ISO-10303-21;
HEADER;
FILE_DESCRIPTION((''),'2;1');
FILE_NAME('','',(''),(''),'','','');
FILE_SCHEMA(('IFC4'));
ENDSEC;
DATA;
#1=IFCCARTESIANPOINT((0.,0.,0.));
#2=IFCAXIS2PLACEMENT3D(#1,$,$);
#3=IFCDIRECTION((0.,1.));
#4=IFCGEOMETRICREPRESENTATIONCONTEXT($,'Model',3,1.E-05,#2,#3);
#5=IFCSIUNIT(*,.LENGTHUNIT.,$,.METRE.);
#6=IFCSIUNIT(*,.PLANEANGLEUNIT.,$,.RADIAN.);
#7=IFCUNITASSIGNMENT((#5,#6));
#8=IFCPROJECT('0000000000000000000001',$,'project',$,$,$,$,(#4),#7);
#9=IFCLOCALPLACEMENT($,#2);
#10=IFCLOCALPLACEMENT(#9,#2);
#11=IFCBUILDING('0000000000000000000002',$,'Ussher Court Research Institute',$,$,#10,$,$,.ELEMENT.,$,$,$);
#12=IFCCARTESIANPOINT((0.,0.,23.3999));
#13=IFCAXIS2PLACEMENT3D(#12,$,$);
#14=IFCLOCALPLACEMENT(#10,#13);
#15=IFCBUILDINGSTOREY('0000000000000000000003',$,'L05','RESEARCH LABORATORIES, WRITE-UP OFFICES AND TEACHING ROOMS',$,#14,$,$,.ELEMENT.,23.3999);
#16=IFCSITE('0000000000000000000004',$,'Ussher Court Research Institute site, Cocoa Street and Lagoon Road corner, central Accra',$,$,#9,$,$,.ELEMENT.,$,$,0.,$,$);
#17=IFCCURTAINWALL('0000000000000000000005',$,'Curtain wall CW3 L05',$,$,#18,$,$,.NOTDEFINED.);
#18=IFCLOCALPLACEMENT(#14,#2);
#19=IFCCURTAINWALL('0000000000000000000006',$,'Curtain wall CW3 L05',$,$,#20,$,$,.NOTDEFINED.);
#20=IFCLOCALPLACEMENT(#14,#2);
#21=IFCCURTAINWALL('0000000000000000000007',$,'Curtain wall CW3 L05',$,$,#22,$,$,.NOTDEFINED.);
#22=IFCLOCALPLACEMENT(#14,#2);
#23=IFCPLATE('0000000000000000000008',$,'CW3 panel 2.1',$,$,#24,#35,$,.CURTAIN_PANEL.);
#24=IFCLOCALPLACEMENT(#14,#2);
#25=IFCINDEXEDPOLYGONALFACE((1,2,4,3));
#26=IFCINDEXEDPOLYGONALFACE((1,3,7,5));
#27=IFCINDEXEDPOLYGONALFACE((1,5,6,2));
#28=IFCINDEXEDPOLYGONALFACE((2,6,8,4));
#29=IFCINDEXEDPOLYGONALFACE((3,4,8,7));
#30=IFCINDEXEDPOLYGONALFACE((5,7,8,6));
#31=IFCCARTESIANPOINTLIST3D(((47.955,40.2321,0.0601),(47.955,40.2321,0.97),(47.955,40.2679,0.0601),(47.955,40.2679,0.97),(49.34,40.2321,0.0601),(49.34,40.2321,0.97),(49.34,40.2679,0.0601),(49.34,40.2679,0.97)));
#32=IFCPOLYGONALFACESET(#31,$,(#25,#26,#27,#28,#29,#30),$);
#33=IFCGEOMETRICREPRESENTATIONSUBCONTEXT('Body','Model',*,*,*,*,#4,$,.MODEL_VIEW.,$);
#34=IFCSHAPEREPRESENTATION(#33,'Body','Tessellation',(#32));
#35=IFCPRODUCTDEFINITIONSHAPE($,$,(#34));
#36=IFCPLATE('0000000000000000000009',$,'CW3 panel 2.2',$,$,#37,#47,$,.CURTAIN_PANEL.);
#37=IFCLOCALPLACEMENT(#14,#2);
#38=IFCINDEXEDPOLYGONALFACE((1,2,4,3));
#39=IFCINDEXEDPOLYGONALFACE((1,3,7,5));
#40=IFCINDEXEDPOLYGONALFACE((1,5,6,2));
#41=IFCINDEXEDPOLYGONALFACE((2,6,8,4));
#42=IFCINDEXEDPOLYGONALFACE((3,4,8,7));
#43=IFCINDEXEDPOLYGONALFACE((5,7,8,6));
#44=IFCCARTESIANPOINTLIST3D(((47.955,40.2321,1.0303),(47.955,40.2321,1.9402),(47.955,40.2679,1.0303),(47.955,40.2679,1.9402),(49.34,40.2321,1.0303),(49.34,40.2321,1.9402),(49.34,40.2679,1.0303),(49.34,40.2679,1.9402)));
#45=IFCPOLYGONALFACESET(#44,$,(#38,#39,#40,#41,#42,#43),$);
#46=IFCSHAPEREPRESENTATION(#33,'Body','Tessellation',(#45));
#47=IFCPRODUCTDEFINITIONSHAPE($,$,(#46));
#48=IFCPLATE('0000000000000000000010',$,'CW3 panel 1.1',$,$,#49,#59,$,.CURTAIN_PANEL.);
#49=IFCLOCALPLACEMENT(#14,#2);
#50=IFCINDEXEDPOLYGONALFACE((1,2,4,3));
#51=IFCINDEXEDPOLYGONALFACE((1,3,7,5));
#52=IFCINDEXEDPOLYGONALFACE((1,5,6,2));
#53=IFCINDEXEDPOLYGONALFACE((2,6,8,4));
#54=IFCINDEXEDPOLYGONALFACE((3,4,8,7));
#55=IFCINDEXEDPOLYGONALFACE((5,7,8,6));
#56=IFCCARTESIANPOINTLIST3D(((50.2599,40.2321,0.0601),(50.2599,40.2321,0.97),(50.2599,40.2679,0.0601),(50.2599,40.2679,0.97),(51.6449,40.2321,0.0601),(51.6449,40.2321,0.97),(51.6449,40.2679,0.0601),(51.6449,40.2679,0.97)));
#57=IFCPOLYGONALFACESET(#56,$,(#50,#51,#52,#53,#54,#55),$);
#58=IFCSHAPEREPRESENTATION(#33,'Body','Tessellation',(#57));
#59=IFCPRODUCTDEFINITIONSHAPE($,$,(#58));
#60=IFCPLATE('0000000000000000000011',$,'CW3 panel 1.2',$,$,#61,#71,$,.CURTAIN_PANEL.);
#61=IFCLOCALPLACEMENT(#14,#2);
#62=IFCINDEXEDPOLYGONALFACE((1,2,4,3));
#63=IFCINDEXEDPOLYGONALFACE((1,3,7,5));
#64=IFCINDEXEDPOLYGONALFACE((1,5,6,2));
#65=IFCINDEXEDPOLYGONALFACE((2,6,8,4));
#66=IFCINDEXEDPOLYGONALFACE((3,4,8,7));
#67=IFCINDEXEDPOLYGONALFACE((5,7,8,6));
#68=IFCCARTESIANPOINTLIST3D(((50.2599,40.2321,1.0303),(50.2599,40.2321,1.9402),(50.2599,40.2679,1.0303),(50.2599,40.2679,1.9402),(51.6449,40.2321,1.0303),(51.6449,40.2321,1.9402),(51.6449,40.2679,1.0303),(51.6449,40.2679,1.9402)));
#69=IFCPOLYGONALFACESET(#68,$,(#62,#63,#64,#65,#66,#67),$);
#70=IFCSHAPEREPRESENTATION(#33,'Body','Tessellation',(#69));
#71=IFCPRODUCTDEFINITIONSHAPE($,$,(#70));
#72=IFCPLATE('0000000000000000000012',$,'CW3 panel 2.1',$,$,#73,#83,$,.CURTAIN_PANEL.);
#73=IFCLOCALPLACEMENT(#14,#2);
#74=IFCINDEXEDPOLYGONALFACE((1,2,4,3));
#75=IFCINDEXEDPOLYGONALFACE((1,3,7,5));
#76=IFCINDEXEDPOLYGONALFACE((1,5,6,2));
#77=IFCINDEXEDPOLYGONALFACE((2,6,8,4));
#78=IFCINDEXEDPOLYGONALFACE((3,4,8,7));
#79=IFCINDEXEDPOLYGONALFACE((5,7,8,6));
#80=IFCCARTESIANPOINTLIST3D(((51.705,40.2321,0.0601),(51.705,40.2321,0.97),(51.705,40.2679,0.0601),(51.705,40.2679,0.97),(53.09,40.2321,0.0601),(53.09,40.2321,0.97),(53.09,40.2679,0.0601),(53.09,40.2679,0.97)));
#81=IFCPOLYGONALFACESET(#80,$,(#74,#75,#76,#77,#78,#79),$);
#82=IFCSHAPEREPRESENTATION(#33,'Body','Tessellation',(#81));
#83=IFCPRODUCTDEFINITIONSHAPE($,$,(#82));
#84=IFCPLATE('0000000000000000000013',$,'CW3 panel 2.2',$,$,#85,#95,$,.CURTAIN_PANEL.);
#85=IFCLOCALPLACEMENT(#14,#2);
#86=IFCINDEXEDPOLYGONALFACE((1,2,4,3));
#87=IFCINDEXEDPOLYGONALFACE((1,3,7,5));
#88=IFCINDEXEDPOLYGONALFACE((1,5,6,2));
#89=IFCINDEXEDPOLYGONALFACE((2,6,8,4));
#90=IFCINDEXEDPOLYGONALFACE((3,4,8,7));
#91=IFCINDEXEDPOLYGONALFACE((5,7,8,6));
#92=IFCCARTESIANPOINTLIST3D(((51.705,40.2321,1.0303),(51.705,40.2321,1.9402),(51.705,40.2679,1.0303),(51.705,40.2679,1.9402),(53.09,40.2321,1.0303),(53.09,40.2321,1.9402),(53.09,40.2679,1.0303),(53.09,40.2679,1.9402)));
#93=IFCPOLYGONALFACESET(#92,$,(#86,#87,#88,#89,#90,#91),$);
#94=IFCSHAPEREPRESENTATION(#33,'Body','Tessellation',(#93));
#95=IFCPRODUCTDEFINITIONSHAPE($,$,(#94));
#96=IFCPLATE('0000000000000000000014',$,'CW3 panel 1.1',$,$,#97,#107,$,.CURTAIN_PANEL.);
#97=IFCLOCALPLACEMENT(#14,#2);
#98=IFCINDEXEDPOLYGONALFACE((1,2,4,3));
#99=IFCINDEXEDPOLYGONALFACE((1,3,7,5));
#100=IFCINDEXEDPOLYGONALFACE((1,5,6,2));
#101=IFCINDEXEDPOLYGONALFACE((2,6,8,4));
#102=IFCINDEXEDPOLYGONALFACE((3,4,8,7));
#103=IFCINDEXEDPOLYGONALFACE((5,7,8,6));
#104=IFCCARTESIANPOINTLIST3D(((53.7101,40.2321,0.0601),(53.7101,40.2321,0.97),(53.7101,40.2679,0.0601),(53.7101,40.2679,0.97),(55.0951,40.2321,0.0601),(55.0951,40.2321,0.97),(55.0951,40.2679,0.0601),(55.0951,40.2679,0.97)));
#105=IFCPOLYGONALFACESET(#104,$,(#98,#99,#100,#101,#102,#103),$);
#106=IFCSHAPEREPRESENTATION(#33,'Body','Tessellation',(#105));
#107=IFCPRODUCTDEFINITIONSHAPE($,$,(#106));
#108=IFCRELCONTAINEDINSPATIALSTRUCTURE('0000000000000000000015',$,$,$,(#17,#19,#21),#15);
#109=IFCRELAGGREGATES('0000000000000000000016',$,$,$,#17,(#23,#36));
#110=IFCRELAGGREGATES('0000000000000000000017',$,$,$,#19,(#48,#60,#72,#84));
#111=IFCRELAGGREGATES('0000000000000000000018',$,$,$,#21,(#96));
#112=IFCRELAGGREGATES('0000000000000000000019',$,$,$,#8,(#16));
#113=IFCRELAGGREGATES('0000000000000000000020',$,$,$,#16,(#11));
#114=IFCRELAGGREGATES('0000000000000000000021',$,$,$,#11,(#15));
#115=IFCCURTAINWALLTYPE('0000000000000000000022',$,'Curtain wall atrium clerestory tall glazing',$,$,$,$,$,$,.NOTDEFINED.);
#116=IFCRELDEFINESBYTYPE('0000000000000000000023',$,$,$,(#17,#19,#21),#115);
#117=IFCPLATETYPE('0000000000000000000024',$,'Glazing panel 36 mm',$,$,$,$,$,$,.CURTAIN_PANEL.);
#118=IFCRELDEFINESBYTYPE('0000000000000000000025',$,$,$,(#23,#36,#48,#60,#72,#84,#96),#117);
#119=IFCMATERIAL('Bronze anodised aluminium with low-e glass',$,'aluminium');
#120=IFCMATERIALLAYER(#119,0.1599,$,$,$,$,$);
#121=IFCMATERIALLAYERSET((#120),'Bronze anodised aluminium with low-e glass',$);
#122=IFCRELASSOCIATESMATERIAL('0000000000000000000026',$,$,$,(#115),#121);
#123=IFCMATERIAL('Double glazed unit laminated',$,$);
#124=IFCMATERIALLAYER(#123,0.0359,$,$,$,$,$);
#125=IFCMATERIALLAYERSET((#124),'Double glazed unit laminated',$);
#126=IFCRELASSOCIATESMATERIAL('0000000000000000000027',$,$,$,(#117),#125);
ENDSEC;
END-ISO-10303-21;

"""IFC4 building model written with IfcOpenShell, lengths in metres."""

from ifc_helpers import new_model, si_unit, direction, frame, origin, origin_2d, place, context, subcontext, project, spatial, rectangle, extrude, material, layer, layer_set, type_object, element, aggregate, save


model = new_model("IFC4")

# Units and contexts
model_context = context("Model", 3, precision=1e-05, world=origin(), true_north=direction((0.0, 1.0)))
body_context = subcontext(model_context, "Body", "Model", "MODEL_VIEW")
ifc_project = project(units=[si_unit("LENGTHUNIT", "METRE"), si_unit("PLANEANGLEUNIT", "RADIAN")], contexts=[model_context])

# Site, building, storey
site_placement = place(None, origin())
site = spatial("IfcSite", under=ifc_project, at=site_placement, Name="Ussher Court Research Institute site, Cocoa Street and Lagoon Road corner, central Accra", CompositionType="ELEMENT", RefElevation=0.0)
building_placement = place(site_placement, origin())
building = spatial("IfcBuilding", under=site, at=building_placement, Name="Ussher Court Research Institute", CompositionType="ELEMENT")
storey_placement = place(building_placement, frame((0.0, 0.0, 23.3999)))
storey = spatial("IfcBuildingStorey", under=building, at=storey_placement, Name="L05", Description="RESEARCH LABORATORIES, WRITE-UP OFFICES AND TEACHING ROOMS", CompositionType="ELEMENT", Elevation=23.3999)

# Curtain wall
ifc_material_1 = material(Name="Bronze anodised aluminium with low-e glass", Category="aluminium")
ifc_layer_1 = layer(ifc_material_1, 0.1599)
ifc_layer_set_1 = layer_set([ifc_layer_1], Name="Bronze anodised aluminium with low-e glass")
curtain_wall_type = type_object("IfcCurtainWallType", Name="Curtain wall atrium clerestory tall glazing", PredefinedType="NOTDEFINED", material=ifc_layer_set_1)
curtain_wall_1_placement = place(storey_placement, origin())
curtain_wall_1 = element("IfcCurtainWall", 1, at=curtain_wall_1_placement, inside=storey, type_object=curtain_wall_type, Name="Curtain wall CW3 L05", PredefinedType="NOTDEFINED")

# Curtain wall
curtain_wall_2_placement = place(storey_placement, origin())
curtain_wall_2 = element("IfcCurtainWall", 2, at=curtain_wall_2_placement, inside=storey, type_object=curtain_wall_type, Name="Curtain wall CW3 L05", PredefinedType="NOTDEFINED")

# Curtain wall
curtain_wall_3_placement = place(storey_placement, origin())
curtain_wall_3 = element("IfcCurtainWall", 3, at=curtain_wall_3_placement, inside=storey, type_object=curtain_wall_type, Name="Curtain wall CW3 L05", PredefinedType="NOTDEFINED")

# Plates
ifc_material_2 = material(Name="Double glazed unit laminated")
ifc_layer_2 = layer(ifc_material_2, 0.0359)
ifc_layer_set_2 = layer_set([ifc_layer_2], Name="Double glazed unit laminated")
plate_type = type_object("IfcPlateType", Name="Glazing panel 36 mm", PredefinedType="CURTAIN_PANEL", material=ifc_layer_set_2)
plate_1_placement = place(storey_placement, frame((48.6475, 40.25, 0.0601), z_axis=(0.0, 0.0, 1.0), x_axis=(1.0, 0.0, 0.0)))
plate_1 = element("IfcPlate", 4, at=plate_1_placement, type_object=plate_type, Name="CW3 panel 2.1", PredefinedType="CURTAIN_PANEL", context=body_context, shape_type="SweptSolid", body=[
    extrude(rectangle(XDim=1.385, YDim=0.0359, at=origin_2d()), origin(), (0.0, 0.0, 1.0), 0.9099),
])
plate_2_placement = place(storey_placement, frame((48.6475, 40.25, 1.0303), z_axis=(0.0, 0.0, 1.0), x_axis=(1.0, 0.0, 0.0)))
plate_2 = element("IfcPlate", 5, at=plate_2_placement, type_object=plate_type, Name="CW3 panel 2.2", PredefinedType="CURTAIN_PANEL", context=body_context, shape_type="SweptSolid", body=[
    extrude(rectangle(XDim=1.385, YDim=0.0359, at=origin_2d()), origin(), (0.0, 0.0, 1.0), 0.9099),
])
aggregate(curtain_wall_1, [plate_1, plate_2])
plate_3_placement = place(storey_placement, frame((50.9524, 40.25, 0.0601), z_axis=(0.0, 0.0, 1.0), x_axis=(1.0, 0.0, 0.0)))
plate_3 = element("IfcPlate", 6, at=plate_3_placement, type_object=plate_type, Name="CW3 panel 1.1", PredefinedType="CURTAIN_PANEL", context=body_context, shape_type="SweptSolid", body=[
    extrude(rectangle(XDim=1.385, YDim=0.0359, at=origin_2d()), origin(), (0.0, 0.0, 1.0), 0.9099),
])
plate_4_placement = place(storey_placement, frame((50.9524, 40.25, 1.0303), z_axis=(0.0, 0.0, 1.0), x_axis=(1.0, 0.0, 0.0)))
plate_4 = element("IfcPlate", 7, at=plate_4_placement, type_object=plate_type, Name="CW3 panel 1.2", PredefinedType="CURTAIN_PANEL", context=body_context, shape_type="SweptSolid", body=[
    extrude(rectangle(XDim=1.385, YDim=0.0359, at=origin_2d()), origin(), (0.0, 0.0, 1.0), 0.9099),
])
plate_5_placement = place(storey_placement, frame((52.3975, 40.25, 0.0601), z_axis=(0.0, 0.0, 1.0), x_axis=(1.0, 0.0, 0.0)))
plate_5 = element("IfcPlate", 8, at=plate_5_placement, type_object=plate_type, Name="CW3 panel 2.1", PredefinedType="CURTAIN_PANEL", context=body_context, shape_type="SweptSolid", body=[
    extrude(rectangle(XDim=1.385, YDim=0.0359, at=origin_2d()), origin(), (0.0, 0.0, 1.0), 0.9099),
])
plate_6_placement = place(storey_placement, frame((52.3975, 40.25, 1.0303), z_axis=(0.0, 0.0, 1.0), x_axis=(1.0, 0.0, 0.0)))
plate_6 = element("IfcPlate", 9, at=plate_6_placement, type_object=plate_type, Name="CW3 panel 2.2", PredefinedType="CURTAIN_PANEL", context=body_context, shape_type="SweptSolid", body=[
    extrude(rectangle(XDim=1.385, YDim=0.0359, at=origin_2d()), origin(), (0.0, 0.0, 1.0), 0.9099),
])
aggregate(curtain_wall_2, [plate_3, plate_4, plate_5, plate_6])
plate_7_placement = place(storey_placement, frame((54.4026, 40.25, 0.0601), z_axis=(0.0, 0.0, 1.0), x_axis=(1.0, 0.0, 0.0)))
plate_7 = element("IfcPlate", 10, at=plate_7_placement, type_object=plate_type, Name="CW3 panel 1.1", PredefinedType="CURTAIN_PANEL", context=body_context, shape_type="SweptSolid", body=[
    extrude(rectangle(XDim=1.385, YDim=0.0359, at=origin_2d()), origin(), (0.0, 0.0, 1.0), 0.9099),
])
aggregate(curtain_wall_3, [plate_7])

save(model, "model.ifc")
